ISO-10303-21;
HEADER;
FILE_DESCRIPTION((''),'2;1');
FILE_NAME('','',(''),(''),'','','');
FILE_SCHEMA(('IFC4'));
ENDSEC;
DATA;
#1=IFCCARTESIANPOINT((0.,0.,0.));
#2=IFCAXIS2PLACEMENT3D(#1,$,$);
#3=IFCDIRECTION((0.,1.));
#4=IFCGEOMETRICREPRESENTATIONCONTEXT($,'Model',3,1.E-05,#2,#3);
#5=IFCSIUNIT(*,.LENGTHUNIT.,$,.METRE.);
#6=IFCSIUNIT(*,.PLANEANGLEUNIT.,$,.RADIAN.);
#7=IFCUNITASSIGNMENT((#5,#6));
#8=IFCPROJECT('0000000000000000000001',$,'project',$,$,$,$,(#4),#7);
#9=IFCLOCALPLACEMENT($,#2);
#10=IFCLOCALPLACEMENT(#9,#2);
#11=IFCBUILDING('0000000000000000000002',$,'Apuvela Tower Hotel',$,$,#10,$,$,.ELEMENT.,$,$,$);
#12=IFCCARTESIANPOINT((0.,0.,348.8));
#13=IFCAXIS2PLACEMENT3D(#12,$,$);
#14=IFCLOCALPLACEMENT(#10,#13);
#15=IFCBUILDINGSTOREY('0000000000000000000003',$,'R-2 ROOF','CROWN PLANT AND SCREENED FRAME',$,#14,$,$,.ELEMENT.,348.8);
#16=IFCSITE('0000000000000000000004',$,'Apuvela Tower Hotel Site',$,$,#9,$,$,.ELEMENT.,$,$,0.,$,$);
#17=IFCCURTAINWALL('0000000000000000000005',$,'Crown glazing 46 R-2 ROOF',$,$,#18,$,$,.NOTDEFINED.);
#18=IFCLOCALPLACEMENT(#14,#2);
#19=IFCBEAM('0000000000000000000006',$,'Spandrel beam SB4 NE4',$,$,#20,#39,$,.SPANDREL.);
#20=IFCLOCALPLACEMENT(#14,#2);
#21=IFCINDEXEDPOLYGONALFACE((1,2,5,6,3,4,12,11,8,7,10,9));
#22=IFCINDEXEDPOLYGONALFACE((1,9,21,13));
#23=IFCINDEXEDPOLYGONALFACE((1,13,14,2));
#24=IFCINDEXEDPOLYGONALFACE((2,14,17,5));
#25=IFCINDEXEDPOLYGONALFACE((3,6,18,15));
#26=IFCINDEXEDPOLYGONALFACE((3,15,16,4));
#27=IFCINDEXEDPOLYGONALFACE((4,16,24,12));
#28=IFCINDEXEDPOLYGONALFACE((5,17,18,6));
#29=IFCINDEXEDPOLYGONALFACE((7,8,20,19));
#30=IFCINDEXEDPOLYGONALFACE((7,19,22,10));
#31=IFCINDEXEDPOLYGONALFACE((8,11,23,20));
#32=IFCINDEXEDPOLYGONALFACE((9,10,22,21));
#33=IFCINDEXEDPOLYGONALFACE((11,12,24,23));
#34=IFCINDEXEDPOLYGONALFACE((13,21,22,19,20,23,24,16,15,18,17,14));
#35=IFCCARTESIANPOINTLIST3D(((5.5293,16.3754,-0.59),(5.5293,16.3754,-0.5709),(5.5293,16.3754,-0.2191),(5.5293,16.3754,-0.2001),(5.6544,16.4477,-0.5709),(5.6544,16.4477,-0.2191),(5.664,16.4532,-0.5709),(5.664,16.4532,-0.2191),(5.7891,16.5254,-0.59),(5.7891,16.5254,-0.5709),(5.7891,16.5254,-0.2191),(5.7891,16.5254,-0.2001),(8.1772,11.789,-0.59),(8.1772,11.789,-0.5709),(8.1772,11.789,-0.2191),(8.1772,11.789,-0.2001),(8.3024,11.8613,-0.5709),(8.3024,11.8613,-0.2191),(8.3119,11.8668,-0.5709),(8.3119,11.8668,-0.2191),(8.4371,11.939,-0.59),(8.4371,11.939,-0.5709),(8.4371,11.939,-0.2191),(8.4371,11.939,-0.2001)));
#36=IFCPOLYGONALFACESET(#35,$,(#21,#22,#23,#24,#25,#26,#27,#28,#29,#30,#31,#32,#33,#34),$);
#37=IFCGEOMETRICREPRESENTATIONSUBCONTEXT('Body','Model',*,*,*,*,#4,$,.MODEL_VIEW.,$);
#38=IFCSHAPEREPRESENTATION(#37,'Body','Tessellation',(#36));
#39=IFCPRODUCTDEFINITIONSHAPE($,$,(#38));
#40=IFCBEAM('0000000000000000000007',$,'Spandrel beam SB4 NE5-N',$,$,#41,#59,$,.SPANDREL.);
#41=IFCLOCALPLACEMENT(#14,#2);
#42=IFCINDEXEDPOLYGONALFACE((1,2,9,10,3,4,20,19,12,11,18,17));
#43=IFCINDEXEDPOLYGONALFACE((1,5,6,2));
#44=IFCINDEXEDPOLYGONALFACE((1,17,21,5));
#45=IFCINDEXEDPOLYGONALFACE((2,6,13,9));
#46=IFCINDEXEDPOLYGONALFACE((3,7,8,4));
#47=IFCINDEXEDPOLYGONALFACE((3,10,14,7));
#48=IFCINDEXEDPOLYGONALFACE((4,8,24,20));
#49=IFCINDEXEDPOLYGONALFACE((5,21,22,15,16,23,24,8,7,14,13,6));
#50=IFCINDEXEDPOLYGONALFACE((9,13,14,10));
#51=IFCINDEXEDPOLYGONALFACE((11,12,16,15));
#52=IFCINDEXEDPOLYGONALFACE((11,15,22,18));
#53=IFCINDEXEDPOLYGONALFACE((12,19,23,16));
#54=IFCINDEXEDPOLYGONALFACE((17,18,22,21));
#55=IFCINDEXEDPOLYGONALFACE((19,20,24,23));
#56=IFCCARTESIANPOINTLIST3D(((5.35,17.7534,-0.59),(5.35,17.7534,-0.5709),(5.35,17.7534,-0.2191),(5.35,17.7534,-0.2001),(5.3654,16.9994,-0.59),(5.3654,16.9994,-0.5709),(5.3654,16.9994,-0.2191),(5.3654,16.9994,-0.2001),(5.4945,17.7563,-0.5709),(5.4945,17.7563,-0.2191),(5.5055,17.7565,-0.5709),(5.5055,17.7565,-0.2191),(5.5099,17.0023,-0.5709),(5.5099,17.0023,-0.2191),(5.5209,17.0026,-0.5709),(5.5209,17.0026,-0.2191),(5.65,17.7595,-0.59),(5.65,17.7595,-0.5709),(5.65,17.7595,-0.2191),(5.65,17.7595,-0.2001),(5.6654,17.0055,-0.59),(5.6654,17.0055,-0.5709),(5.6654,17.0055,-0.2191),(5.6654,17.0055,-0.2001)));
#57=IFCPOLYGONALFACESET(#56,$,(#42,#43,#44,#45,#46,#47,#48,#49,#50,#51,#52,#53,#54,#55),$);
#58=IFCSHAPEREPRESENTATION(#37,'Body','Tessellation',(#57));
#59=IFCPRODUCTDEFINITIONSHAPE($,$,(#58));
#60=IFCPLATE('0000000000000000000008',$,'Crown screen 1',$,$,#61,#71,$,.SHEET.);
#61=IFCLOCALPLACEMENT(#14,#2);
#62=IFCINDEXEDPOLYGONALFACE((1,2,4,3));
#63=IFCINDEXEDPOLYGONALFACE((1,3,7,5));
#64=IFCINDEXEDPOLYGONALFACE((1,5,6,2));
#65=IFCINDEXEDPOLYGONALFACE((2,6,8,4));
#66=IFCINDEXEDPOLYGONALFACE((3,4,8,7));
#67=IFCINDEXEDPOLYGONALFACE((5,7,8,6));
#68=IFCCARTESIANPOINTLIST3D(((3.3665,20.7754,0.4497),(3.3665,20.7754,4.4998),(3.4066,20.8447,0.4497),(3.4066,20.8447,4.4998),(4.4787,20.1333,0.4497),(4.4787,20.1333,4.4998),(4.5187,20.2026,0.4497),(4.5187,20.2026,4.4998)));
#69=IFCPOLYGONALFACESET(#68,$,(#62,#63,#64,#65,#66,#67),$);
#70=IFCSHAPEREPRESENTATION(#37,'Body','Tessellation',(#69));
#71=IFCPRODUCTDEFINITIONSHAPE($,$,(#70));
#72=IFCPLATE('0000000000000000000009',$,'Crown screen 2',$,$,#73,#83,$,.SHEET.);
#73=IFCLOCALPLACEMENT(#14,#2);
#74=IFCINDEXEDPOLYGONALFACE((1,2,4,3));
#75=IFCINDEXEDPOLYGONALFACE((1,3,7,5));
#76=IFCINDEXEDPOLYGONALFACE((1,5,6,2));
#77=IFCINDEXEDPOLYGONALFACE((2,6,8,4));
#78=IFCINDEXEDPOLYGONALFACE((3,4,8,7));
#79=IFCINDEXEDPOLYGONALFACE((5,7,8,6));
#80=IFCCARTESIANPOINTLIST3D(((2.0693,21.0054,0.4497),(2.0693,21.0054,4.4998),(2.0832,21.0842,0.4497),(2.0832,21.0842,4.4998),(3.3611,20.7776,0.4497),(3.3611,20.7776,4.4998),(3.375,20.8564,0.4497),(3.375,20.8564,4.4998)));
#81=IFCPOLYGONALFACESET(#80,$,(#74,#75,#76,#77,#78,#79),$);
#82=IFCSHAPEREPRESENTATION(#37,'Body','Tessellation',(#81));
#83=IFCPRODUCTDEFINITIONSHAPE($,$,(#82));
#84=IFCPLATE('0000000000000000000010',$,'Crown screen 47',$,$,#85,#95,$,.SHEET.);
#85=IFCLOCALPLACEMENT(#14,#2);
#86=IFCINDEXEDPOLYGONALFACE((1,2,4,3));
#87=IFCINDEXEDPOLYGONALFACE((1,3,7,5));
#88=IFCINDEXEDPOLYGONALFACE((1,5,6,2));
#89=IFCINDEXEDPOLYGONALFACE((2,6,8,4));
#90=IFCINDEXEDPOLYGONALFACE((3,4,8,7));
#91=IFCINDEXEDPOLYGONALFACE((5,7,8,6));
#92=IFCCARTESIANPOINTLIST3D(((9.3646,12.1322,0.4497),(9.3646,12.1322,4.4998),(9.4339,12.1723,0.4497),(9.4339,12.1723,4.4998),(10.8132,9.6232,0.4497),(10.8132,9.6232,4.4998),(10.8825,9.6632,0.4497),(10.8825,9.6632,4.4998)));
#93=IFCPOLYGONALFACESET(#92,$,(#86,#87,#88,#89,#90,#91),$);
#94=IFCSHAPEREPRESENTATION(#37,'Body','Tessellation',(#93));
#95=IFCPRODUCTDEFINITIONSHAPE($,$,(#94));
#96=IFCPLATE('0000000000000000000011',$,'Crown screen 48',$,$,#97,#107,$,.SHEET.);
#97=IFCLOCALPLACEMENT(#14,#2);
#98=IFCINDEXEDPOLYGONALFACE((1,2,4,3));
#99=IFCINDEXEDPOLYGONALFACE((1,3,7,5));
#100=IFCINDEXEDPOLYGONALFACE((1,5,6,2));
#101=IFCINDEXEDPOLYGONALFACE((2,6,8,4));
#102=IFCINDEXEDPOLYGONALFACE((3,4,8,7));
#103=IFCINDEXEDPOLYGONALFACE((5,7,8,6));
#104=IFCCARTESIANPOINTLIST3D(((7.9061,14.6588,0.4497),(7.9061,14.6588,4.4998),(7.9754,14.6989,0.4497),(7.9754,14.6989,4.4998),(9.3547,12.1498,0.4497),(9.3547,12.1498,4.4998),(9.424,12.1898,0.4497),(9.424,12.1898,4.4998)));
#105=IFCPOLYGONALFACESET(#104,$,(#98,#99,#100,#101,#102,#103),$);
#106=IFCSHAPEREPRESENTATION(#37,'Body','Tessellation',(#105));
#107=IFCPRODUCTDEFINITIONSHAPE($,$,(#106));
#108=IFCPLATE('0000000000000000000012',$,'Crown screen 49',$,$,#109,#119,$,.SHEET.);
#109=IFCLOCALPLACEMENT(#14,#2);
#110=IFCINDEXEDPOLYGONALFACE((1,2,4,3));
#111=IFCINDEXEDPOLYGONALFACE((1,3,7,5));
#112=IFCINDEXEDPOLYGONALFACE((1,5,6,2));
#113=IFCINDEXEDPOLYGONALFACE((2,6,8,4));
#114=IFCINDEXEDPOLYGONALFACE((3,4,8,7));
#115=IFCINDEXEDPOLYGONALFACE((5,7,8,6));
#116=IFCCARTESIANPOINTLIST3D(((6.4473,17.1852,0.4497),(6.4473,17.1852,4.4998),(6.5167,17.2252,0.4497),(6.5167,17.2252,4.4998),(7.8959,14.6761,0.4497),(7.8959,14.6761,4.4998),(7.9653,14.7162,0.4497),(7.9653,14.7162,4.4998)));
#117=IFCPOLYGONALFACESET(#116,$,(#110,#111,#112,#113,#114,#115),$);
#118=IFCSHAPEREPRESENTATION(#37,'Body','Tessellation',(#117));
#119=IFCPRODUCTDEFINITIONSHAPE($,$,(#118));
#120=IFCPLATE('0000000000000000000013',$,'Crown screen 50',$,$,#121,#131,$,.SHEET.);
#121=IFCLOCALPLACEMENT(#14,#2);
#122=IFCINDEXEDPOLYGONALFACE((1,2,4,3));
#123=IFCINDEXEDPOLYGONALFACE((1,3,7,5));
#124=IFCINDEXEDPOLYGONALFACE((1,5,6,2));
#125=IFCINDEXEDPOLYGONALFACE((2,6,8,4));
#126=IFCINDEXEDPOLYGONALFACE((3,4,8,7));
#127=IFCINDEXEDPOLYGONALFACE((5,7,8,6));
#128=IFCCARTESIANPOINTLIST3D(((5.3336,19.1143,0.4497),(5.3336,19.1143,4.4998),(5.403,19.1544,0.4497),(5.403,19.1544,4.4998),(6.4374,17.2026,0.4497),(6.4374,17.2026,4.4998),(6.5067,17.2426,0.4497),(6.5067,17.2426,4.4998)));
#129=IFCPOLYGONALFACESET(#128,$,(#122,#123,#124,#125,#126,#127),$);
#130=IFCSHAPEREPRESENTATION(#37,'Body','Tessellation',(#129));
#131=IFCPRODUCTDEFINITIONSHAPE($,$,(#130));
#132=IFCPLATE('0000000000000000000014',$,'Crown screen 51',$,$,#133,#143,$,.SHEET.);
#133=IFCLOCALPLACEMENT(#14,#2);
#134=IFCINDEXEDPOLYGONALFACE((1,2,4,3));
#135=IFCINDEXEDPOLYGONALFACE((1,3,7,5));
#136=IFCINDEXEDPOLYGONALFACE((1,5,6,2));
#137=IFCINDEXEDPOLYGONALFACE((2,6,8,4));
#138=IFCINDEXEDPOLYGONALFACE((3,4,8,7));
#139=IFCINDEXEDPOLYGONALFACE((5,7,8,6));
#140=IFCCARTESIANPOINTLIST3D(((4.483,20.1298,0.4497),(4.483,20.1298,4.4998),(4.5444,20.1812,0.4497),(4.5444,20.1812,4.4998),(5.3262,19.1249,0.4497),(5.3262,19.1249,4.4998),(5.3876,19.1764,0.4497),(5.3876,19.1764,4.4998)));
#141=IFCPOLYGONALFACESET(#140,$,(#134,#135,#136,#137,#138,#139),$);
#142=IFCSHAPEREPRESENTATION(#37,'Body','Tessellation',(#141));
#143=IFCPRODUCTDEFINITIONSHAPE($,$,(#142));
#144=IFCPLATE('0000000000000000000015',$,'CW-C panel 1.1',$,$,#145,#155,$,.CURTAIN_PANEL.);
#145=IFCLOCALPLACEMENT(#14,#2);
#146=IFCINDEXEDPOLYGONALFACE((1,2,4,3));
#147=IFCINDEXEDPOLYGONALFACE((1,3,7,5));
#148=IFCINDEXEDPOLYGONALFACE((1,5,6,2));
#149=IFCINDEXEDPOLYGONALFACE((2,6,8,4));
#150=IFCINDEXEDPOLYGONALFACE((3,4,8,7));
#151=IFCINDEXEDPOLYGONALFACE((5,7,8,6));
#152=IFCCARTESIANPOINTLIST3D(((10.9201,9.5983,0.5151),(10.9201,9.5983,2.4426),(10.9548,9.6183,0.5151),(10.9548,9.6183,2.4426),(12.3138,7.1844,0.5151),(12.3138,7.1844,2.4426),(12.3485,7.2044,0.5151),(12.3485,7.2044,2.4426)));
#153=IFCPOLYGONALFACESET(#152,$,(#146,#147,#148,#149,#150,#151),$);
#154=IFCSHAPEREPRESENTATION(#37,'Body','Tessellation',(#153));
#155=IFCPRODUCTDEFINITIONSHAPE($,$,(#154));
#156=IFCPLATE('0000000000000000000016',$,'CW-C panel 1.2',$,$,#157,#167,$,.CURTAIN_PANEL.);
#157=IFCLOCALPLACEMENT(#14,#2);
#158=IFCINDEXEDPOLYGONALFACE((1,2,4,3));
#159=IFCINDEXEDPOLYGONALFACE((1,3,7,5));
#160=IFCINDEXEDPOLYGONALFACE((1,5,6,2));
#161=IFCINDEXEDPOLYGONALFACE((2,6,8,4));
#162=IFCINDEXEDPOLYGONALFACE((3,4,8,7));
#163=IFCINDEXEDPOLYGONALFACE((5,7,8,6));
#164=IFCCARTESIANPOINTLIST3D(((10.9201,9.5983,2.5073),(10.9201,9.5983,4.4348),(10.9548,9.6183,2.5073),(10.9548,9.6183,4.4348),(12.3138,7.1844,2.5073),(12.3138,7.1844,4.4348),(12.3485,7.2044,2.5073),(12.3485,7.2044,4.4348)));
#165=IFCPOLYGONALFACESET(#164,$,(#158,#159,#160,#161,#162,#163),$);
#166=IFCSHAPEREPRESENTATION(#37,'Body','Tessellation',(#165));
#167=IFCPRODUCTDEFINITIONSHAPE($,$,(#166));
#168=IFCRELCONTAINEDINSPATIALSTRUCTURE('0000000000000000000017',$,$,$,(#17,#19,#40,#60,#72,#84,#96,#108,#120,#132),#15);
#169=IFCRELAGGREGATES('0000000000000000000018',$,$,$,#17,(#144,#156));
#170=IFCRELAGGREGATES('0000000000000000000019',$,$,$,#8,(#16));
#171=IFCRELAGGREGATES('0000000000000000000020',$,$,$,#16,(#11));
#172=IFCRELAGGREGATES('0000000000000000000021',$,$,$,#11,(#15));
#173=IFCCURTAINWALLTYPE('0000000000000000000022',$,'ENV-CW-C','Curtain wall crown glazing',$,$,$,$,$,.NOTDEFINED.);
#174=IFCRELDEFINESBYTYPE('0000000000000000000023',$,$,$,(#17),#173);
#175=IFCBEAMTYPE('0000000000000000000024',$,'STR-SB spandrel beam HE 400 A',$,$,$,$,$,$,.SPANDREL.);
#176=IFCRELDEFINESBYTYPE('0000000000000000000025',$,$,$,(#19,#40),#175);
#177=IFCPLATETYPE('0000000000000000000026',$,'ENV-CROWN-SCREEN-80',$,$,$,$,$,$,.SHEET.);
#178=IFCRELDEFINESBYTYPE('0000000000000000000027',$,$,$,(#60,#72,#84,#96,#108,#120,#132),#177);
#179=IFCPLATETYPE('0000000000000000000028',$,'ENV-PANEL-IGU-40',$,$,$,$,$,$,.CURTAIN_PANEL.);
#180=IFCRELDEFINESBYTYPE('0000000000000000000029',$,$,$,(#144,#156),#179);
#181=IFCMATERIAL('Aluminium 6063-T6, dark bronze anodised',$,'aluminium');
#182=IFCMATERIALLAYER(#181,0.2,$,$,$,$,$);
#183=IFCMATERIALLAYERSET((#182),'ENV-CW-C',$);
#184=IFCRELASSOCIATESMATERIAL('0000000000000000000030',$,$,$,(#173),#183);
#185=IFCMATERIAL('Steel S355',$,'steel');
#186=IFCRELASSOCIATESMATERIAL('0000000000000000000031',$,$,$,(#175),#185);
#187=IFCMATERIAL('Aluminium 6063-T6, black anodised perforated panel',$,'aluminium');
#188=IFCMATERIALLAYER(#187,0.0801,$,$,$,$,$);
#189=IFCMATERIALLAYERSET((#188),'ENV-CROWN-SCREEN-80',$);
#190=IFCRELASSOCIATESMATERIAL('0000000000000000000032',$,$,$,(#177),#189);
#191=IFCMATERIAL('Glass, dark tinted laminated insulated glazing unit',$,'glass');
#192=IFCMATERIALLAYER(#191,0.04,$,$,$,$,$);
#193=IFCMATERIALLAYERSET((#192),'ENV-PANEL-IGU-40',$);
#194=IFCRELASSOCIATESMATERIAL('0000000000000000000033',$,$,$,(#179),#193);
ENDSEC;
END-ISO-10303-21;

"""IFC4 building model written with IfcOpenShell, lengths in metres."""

from ifc_helpers import new_model, si_unit, direction, frame, origin, origin_2d, place, context, subcontext, project, spatial, rectangle, i_section, extrude, material, layer, layer_set, material_profile, profile_set, type_object, element, aggregate, save


model = new_model("IFC4")

# Units and contexts
model_context = context("Model", 3, precision=1e-05, world=origin(), true_north=direction((0.0, 1.0)))
body_context = subcontext(model_context, "Body", "Model", "MODEL_VIEW")
ifc_project = project(units=[si_unit("LENGTHUNIT", "METRE"), si_unit("PLANEANGLEUNIT", "RADIAN")], contexts=[model_context])

# Site, building, storey
site_placement = place(None, origin())
site = spatial("IfcSite", under=ifc_project, at=site_placement, Name="Apuvela Tower Hotel Site", CompositionType="ELEMENT", RefElevation=0.0)
building_placement = place(site_placement, origin())
building = spatial("IfcBuilding", under=site, at=building_placement, Name="Apuvela Tower Hotel", CompositionType="ELEMENT")
storey_placement = place(building_placement, frame((0.0, 0.0, 348.8)))
storey = spatial("IfcBuildingStorey", under=building, at=storey_placement, Name="R-2 ROOF", Description="CROWN PLANT AND SCREENED FRAME", CompositionType="ELEMENT", Elevation=348.8)

# Curtain wall
ifc_material_1 = material(Name="Aluminium 6063-T6, dark bronze anodised", Category="aluminium")
ifc_layer_1 = layer(ifc_material_1, 0.2)
ifc_layer_set_1 = layer_set([ifc_layer_1], Name="ENV-CW-C")
curtain_wall_type_1 = type_object("IfcCurtainWallType", Name="ENV-CW-C", Description="Curtain wall crown glazing", PredefinedType="NOTDEFINED", material=ifc_layer_set_1)
curtain_wall_1_placement = place(storey_placement, origin())
curtain_wall_1 = element("IfcCurtainWall", 1, at=curtain_wall_1_placement, inside=storey, type_object=curtain_wall_type_1, Name="Crown glazing 46 R-2 ROOF", PredefinedType="NOTDEFINED")

# Beams
ifc_material_2 = material(Name="Steel S355", Category="steel")
ifc_material_profile_1 = material_profile(ifc_material_2, i_section(OverallWidth=0.3, OverallDepth=0.3899, WebThickness=0.011, FlangeThickness=0.019, at=origin_2d()), Name="HE 400 A")
ifc_profile_set_1 = profile_set([ifc_material_profile_1], Name="Steel S355")
beam_type_1 = type_object("IfcBeamType", Name="STR-SB spandrel beam HE 400 A", PredefinedType="SPANDREL", material=ifc_profile_set_1)
beam_1_placement = place(storey_placement, frame((8.3071, 11.864, -0.395), z_axis=(-0.499996, 0.866027, 0.0), x_axis=(-0.866027, -0.499996, 0.0)))
element("IfcBeam", 2, at=beam_1_placement, inside=storey, type_object=beam_type_1, Name="Spandrel beam SB4 NE4", PredefinedType="SPANDREL", context=body_context, shape_type="SweptSolid", body=[
    extrude(i_section(OverallWidth=0.3, OverallDepth=0.3899, WebThickness=0.011, FlangeThickness=0.019, at=origin_2d()), origin(), (0.0, 0.0, 1.0), 5.2959),
])
beam_2_placement = place(storey_placement, frame((5.5154, 17.0024, -0.395), z_axis=(-0.020397, 0.999792, 0.0), x_axis=(-0.999792, -0.020397, 0.0)))
element("IfcBeam", 3, at=beam_2_placement, inside=storey, type_object=beam_type_1, Name="Spandrel beam SB4 NE5-N", PredefinedType="SPANDREL", context=body_context, shape_type="SweptSolid", body=[
    extrude(i_section(OverallWidth=0.3, OverallDepth=0.3899, WebThickness=0.011, FlangeThickness=0.019, at=origin_2d()), origin(), (0.0, 0.0, 1.0), 0.7542),
])

# Plates
ifc_material_3 = material(Name="Aluminium 6063-T6, black anodised perforated panel", Category="aluminium")
ifc_layer_2 = layer(ifc_material_3, 0.0801)
ifc_layer_set_2 = layer_set([ifc_layer_2], Name="ENV-CROWN-SCREEN-80")
plate_type_1 = type_object("IfcPlateType", Name="ENV-CROWN-SCREEN-80", PredefinedType="SHEET", material=ifc_layer_set_2)
plate_1_placement = place(storey_placement, frame((3.9426, 20.489, 0.4497), z_axis=(0.0, 0.0, 1.0), x_axis=(-0.866025, 0.5, 0.0)))
element("IfcPlate", 4, at=plate_1_placement, inside=storey, type_object=plate_type_1, Name="Crown screen 1", PredefinedType="SHEET", context=body_context, shape_type="SweptSolid", body=[
    extrude(rectangle(XDim=1.2842, YDim=0.0801, at=origin_2d()), origin(), (0.0, 0.0, 1.0), 4.05),
])
plate_2_placement = place(storey_placement, frame((2.7222, 20.9309, 0.4497), z_axis=(0.0, 0.0, 1.0), x_axis=(-0.984808, 0.173648, 0.0)))
element("IfcPlate", 5, at=plate_2_placement, inside=storey, type_object=plate_type_1, Name="Crown screen 2", PredefinedType="SHEET", context=body_context, shape_type="SweptSolid", body=[
    extrude(rectangle(XDim=1.3118, YDim=0.0801, at=origin_2d()), origin(), (0.0, 0.0, 1.0), 4.05),
])
for number, where, z_axis, x_axis, name in (
    (6, (10.1235, 10.8977, 0.4497), (0.0, 0.0, 1.0), (-0.5, 0.866025, 0.0), "Crown screen 47"),
    (7, (8.665, 13.4243, 0.4497), (0.0, 0.0, 1.0), (-0.5, 0.866025, 0.0), "Crown screen 48"),
    (8, (7.2063, 15.9507, 0.4497), (0.0, 0.0, 1.0), (-0.5, 0.866025, 0.0), "Crown screen 49"),
):
    element("IfcPlate", number, at=place(storey_placement, frame(where, z_axis=z_axis, x_axis=x_axis)), inside=storey, type_object=plate_type_1, Name=name, PredefinedType="SHEET", context=body_context, shape_type="SweptSolid", body=[
        extrude(rectangle(XDim=2.8972, YDim=0.0801, at=origin_2d()), origin(), (0.0, 0.0, 1.0), 4.05),
    ])
plate_3_placement = place(storey_placement, frame((5.9202, 18.1785, 0.4497), z_axis=(0.0, 0.0, 1.0), x_axis=(-0.5, 0.866025, 0.0)))
element("IfcPlate", 9, at=plate_3_placement, inside=storey, type_object=plate_type_1, Name="Crown screen 50", PredefinedType="SHEET", context=body_context, shape_type="SweptSolid", body=[
    extrude(rectangle(XDim=2.2075, YDim=0.0801, at=origin_2d()), origin(), (0.0, 0.0, 1.0), 4.05),
])
plate_4_placement = place(storey_placement, frame((4.9353, 19.6531, 0.4497), z_axis=(0.0, 0.0, 1.0), x_axis=(-0.642788, 0.766044, 0.0)))
element("IfcPlate", 10, at=plate_4_placement, inside=storey, type_object=plate_type_1, Name="Crown screen 51", PredefinedType="SHEET", context=body_context, shape_type="SweptSolid", body=[
    extrude(rectangle(XDim=1.3118, YDim=0.0801, at=origin_2d()), origin(), (0.0, 0.0, 1.0), 4.05),
])

# Plates
ifc_material_4 = material(Name="Glass, dark tinted laminated insulated glazing unit", Category="glass")
ifc_layer_3 = layer(ifc_material_4, 0.04)
ifc_layer_set_3 = layer_set([ifc_layer_3], Name="ENV-PANEL-IGU-40")
plate_type_2 = type_object("IfcPlateType", Name="ENV-PANEL-IGU-40", PredefinedType="CURTAIN_PANEL", material=ifc_layer_set_3)
plate_5_placement = place(storey_placement, frame((11.6343, 8.4014, 0.5151), z_axis=(0.0, 0.0, 1.0), x_axis=(-0.500006, 0.866022, 0.0)))
plate_5 = element("IfcPlate", 11, at=plate_5_placement, type_object=plate_type_2, Name="CW-C panel 1.1", PredefinedType="CURTAIN_PANEL", context=body_context, shape_type="SweptSolid", body=[
    extrude(rectangle(XDim=2.7874, YDim=0.04, at=origin_2d()), origin(), (0.0, 0.0, 1.0), 1.9275),
])
plate_6_placement = place(storey_placement, frame((11.6343, 8.4014, 2.5073), z_axis=(0.0, 0.0, 1.0), x_axis=(-0.500006, 0.866022, 0.0)))
plate_6 = element("IfcPlate", 12, at=plate_6_placement, type_object=plate_type_2, Name="CW-C panel 1.2", PredefinedType="CURTAIN_PANEL", context=body_context, shape_type="SweptSolid", body=[
    extrude(rectangle(XDim=2.7874, YDim=0.04, at=origin_2d()), origin(), (0.0, 0.0, 1.0), 1.9275),
])
aggregate(curtain_wall_1, [plate_5, plate_6])

save(model, "model.ifc")
